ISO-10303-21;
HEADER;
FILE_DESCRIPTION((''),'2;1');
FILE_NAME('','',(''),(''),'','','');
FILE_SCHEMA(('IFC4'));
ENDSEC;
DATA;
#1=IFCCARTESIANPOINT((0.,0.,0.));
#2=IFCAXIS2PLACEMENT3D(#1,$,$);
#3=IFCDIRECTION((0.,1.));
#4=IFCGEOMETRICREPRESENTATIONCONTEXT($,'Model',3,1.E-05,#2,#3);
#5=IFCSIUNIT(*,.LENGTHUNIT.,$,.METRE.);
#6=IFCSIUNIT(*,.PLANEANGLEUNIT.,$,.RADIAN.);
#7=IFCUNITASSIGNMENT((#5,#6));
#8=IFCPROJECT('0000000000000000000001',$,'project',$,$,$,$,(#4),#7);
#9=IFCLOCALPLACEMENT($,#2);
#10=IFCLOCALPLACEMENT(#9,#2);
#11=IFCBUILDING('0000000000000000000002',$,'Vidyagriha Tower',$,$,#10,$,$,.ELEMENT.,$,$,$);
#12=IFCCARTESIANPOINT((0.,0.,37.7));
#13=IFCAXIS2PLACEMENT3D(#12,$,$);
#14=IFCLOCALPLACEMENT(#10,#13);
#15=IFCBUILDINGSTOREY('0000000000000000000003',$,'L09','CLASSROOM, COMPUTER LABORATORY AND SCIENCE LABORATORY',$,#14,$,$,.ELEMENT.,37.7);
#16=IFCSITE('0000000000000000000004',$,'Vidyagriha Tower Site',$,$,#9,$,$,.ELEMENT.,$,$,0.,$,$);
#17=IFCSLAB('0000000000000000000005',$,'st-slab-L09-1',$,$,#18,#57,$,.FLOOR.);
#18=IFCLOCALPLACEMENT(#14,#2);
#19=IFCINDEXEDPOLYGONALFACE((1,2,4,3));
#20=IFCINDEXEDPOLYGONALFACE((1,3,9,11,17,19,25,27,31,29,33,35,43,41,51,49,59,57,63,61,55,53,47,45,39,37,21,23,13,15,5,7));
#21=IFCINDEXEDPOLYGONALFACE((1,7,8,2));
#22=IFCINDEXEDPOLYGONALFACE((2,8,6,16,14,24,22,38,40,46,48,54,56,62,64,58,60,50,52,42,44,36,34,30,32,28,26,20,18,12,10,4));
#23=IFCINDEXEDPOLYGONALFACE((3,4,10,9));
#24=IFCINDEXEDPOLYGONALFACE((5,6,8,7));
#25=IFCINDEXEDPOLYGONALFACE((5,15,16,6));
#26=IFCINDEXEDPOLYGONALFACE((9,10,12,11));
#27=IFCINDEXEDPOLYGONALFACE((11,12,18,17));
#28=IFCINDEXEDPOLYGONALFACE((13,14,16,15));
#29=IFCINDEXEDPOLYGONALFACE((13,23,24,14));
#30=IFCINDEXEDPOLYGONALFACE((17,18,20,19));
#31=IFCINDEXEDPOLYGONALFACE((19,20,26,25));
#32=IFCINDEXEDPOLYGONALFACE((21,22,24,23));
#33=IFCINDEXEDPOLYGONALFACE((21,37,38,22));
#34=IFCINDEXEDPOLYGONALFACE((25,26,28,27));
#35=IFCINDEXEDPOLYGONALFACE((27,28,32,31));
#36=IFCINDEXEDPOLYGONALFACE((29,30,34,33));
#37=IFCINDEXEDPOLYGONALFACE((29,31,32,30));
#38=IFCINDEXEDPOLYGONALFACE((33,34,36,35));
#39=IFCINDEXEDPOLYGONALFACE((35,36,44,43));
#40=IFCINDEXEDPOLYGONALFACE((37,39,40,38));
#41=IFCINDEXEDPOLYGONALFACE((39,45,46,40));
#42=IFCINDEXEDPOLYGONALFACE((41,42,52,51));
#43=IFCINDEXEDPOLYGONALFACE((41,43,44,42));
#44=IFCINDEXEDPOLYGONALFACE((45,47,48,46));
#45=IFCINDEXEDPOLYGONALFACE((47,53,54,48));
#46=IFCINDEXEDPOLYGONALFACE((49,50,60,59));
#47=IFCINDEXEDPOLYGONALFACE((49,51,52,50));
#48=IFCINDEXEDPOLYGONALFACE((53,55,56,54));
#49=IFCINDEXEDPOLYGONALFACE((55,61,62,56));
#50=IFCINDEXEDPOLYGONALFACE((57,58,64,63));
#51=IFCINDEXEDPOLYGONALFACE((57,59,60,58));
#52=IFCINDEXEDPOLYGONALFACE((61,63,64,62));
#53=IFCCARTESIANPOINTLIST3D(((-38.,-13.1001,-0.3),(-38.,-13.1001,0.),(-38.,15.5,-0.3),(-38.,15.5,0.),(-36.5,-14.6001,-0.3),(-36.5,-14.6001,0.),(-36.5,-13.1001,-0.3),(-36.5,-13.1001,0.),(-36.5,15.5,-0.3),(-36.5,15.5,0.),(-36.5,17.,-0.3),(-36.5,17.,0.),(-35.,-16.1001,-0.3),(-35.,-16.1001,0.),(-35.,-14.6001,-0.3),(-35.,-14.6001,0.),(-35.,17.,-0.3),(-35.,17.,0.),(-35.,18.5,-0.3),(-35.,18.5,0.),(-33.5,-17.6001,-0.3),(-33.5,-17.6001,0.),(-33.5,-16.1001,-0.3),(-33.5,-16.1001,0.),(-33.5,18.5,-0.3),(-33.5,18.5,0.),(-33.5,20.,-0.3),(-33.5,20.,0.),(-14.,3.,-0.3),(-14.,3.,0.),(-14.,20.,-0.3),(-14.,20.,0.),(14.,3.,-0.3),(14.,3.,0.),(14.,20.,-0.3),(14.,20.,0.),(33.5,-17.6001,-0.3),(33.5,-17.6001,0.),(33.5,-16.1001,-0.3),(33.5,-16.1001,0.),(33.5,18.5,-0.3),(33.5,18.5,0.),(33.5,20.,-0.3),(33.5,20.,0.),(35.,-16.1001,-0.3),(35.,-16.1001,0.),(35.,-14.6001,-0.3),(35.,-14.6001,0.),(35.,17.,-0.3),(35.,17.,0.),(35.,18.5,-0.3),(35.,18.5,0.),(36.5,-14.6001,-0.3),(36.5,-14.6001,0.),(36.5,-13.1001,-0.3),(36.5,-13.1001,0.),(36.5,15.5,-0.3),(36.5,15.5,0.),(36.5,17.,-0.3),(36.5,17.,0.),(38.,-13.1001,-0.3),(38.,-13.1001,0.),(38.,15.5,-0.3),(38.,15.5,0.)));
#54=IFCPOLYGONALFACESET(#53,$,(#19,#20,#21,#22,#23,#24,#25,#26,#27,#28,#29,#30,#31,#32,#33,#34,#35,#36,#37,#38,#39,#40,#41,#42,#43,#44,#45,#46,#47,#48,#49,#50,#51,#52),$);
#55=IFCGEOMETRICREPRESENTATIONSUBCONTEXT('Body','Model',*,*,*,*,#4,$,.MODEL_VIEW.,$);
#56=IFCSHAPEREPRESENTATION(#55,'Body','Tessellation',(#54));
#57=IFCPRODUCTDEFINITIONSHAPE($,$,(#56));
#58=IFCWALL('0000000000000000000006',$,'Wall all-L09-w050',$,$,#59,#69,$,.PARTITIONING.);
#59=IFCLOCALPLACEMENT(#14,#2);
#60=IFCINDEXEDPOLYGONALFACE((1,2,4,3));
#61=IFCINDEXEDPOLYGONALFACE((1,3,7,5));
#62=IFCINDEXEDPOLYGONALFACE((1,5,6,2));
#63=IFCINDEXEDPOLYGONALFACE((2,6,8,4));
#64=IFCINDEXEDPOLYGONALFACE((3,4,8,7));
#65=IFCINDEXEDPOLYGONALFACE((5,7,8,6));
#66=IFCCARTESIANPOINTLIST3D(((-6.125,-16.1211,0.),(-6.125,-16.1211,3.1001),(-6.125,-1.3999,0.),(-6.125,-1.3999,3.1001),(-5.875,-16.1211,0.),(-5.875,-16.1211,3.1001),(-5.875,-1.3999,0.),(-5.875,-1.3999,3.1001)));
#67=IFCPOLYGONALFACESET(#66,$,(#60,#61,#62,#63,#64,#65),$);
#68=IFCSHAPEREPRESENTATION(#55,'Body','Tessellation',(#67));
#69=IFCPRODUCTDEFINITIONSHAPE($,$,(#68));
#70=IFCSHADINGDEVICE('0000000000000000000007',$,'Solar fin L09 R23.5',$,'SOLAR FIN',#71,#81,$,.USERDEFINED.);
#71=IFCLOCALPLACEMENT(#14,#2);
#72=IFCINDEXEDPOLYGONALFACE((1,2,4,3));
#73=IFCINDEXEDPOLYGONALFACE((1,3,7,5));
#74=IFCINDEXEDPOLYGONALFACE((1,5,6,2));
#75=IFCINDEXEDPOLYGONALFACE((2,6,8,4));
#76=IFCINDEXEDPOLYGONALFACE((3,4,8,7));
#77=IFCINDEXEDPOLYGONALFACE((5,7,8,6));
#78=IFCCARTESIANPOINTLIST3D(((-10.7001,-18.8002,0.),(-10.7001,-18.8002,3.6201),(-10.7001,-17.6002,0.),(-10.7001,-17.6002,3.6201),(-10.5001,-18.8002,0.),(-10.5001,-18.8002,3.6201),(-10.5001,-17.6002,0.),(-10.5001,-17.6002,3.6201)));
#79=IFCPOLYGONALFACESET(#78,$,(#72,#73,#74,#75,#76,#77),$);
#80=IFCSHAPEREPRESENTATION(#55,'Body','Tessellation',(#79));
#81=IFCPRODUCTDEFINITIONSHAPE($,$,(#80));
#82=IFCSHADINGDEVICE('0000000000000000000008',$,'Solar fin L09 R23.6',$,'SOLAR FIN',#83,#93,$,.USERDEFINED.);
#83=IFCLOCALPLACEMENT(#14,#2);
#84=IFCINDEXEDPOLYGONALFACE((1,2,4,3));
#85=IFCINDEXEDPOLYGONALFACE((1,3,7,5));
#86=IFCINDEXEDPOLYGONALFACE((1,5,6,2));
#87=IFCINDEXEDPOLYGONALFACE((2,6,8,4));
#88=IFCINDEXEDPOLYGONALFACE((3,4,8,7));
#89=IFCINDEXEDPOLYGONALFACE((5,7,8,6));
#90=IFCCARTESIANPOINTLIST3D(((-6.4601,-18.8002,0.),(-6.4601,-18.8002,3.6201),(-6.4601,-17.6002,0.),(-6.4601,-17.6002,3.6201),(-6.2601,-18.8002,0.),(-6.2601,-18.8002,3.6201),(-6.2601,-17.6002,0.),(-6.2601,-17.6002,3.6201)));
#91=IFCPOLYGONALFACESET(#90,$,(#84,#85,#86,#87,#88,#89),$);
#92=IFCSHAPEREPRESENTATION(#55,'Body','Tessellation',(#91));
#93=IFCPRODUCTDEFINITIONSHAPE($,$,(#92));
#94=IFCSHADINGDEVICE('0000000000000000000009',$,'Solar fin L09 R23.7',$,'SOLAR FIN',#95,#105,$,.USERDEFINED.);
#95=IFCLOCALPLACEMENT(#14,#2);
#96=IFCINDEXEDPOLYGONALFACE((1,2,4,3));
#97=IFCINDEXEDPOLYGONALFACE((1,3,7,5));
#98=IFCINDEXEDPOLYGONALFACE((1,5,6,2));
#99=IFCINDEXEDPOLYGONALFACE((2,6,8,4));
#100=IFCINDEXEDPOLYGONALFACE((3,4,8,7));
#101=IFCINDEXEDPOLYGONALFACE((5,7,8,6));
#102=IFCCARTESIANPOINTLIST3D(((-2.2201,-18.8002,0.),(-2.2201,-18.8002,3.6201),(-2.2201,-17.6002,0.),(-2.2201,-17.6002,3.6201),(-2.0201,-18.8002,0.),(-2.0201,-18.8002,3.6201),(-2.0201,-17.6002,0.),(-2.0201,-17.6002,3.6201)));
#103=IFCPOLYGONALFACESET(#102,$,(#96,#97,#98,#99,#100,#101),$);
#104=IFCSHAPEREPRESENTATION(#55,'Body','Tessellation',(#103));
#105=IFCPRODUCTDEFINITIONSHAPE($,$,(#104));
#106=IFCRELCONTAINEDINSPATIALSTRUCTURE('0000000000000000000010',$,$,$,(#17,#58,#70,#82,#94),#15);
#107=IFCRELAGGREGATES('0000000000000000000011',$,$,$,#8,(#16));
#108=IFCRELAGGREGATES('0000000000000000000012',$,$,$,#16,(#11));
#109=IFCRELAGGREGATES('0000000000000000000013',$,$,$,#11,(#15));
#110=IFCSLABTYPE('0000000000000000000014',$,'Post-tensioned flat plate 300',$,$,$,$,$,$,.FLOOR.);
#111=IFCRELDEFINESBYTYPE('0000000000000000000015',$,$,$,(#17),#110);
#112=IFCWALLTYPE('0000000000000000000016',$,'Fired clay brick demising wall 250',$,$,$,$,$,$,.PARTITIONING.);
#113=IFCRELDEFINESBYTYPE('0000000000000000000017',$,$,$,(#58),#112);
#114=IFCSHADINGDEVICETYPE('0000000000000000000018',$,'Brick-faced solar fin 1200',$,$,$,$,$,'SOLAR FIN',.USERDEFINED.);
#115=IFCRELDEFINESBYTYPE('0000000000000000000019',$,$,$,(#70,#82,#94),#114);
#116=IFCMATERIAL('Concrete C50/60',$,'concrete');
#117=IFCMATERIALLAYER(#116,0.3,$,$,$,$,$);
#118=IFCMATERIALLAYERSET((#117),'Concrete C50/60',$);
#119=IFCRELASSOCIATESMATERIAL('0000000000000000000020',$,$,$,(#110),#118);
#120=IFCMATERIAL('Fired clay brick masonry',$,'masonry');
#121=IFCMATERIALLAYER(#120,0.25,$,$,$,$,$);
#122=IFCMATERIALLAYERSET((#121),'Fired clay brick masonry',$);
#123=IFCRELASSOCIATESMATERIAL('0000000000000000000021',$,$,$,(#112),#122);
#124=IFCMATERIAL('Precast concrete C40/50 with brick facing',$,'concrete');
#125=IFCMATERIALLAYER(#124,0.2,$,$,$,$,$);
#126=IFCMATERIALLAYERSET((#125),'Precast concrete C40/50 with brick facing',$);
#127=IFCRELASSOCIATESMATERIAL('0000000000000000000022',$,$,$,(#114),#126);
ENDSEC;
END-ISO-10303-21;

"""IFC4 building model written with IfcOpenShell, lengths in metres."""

from ifc_helpers import new_model, si_unit, direction, frame, frame_2d, origin, place, context, subcontext, project, spatial, polyline, rectangle, outline, extrude, material, layer, layer_set, type_object, element, save


model = new_model("IFC4")

# Units and contexts
model_context = context("Model", 3, precision=1e-05, world=origin(), true_north=direction((0.0, 1.0)))
body_context = subcontext(model_context, "Body", "Model", "MODEL_VIEW")
ifc_project = project(units=[si_unit("LENGTHUNIT", "METRE"), si_unit("PLANEANGLEUNIT", "RADIAN")], contexts=[model_context])

# Site, building, storey
site_placement = place(None, origin())
site = spatial("IfcSite", under=ifc_project, at=site_placement, Name="Vidyagriha Tower Site", CompositionType="ELEMENT", RefElevation=0.0)
building_placement = place(site_placement, origin())
building = spatial("IfcBuilding", under=site, at=building_placement, Name="Vidyagriha Tower", CompositionType="ELEMENT")
storey_placement = place(building_placement, frame((0.0, 0.0, 37.7)))
storey = spatial("IfcBuildingStorey", under=building, at=storey_placement, Name="L09", Description="CLASSROOM, COMPUTER LABORATORY AND SCIENCE LABORATORY", CompositionType="ELEMENT", Elevation=37.7)

# Slab
ifc_material_1 = material(Name="Concrete C50/60", Category="concrete")
ifc_layer_1 = layer(ifc_material_1, 0.3)
ifc_layer_set_1 = layer_set([ifc_layer_1], Name="Concrete C50/60")
slab_type_1 = type_object("IfcSlabType", Name="Post-tensioned flat plate 300", PredefinedType="FLOOR", material=ifc_layer_set_1)
slab_1_placement = place(storey_placement, frame((0.0, 0.0, -0.3)))
element("IfcSlab", 1, at=slab_1_placement, inside=storey, type_object=slab_type_1, Name="st-slab-L09-1", PredefinedType="FLOOR", context=body_context, shape_type="SweptSolid", body=[
    extrude(outline(polyline([(36.5, -13.1001), (36.5, -14.6001), (35.0, -14.6001), (35.0, -16.1001), (33.5, -16.1001), (33.5, -17.6001), (-33.5, -17.6001), (-33.5, -16.1001), (-35.0, -16.1001), (-35.0, -14.6001), (-36.5, -14.6001), (-36.5, -13.1001), (-38.0, -13.1001), (-38.0, 15.5), (-36.5, 15.5), (-36.5, 17.0), (-35.0, 17.0), (-35.0, 18.5), (-33.5, 18.5), (-33.5, 20.0), (-14.0, 20.0), (-14.0, 3.0), (14.0, 3.0), (14.0, 20.0), (33.5, 20.0), (33.5, 18.5), (35.0, 18.5), (35.0, 17.0), (36.5, 17.0), (36.5, 15.5), (38.0, 15.5), (38.0, -13.1001), (36.5, -13.1001)])), origin(), (0.0, 0.0, 1.0), 0.3),
])

# Wall
ifc_material_2 = material(Name="Fired clay brick masonry", Category="masonry")
ifc_layer_2 = layer(ifc_material_2, 0.25)
ifc_layer_set_2 = layer_set([ifc_layer_2], Name="Fired clay brick masonry")
wall_type = type_object("IfcWallType", Name="Fired clay brick demising wall 250", PredefinedType="PARTITIONING", material=ifc_layer_set_2)
wall_placement = place(storey_placement, frame((-6.0, -1.3999, 0.0), z_axis=(0.0, 0.0, 1.0), x_axis=(0.0, -1.0, 0.0)))
element("IfcWall", 2, at=wall_placement, inside=storey, type_object=wall_type, Name="Wall all-L09-w050", PredefinedType="PARTITIONING", context=body_context, shape_type="SweptSolid", body=[
    extrude(rectangle(XDim=14.7212, YDim=0.25, at=frame_2d((7.3606, 0.0))), origin(), (0.0, 0.0, 1.0), 3.1001),
])

# Shading devices
ifc_material_3 = material(Name="Precast concrete C40/50 with brick facing", Category="concrete")
ifc_layer_3 = layer(ifc_material_3, 0.2)
ifc_layer_set_3 = layer_set([ifc_layer_3], Name="Precast concrete C40/50 with brick facing")
shading_device_type = type_object("IfcShadingDeviceType", Name="Brick-faced solar fin 1200", ElementType="SOLAR FIN", PredefinedType="USERDEFINED", material=ifc_layer_set_3)
for number, where, z_axis, x_axis, name in (
    (3, (-10.6001, -17.6001, 0.0), (0.0, 0.0, 1.0), (0.0, -1.0, 0.0), "Solar fin L09 R23.5"),
    (4, (-6.3601, -17.6001, 0.0), (0.0, 0.0, 1.0), (0.0, -1.0, 0.0), "Solar fin L09 R23.6"),
    (5, (-2.1201, -17.6001, 0.0), (0.0, 0.0, 1.0), (0.0, -1.0, 0.0), "Solar fin L09 R23.7"),
):
    element("IfcShadingDevice", number, at=place(storey_placement, frame(where, z_axis=z_axis, x_axis=x_axis)), inside=storey, type_object=shading_device_type, Name=name, ObjectType="SOLAR FIN", PredefinedType="USERDEFINED", context=body_context, shape_type="SweptSolid", body=[
        extrude(rectangle(XDim=1.2, YDim=0.2, at=frame_2d((0.6001, 0.0))), origin(), (0.0, 0.0, 1.0), 3.6201),
    ])

save(model, "model.ifc")
